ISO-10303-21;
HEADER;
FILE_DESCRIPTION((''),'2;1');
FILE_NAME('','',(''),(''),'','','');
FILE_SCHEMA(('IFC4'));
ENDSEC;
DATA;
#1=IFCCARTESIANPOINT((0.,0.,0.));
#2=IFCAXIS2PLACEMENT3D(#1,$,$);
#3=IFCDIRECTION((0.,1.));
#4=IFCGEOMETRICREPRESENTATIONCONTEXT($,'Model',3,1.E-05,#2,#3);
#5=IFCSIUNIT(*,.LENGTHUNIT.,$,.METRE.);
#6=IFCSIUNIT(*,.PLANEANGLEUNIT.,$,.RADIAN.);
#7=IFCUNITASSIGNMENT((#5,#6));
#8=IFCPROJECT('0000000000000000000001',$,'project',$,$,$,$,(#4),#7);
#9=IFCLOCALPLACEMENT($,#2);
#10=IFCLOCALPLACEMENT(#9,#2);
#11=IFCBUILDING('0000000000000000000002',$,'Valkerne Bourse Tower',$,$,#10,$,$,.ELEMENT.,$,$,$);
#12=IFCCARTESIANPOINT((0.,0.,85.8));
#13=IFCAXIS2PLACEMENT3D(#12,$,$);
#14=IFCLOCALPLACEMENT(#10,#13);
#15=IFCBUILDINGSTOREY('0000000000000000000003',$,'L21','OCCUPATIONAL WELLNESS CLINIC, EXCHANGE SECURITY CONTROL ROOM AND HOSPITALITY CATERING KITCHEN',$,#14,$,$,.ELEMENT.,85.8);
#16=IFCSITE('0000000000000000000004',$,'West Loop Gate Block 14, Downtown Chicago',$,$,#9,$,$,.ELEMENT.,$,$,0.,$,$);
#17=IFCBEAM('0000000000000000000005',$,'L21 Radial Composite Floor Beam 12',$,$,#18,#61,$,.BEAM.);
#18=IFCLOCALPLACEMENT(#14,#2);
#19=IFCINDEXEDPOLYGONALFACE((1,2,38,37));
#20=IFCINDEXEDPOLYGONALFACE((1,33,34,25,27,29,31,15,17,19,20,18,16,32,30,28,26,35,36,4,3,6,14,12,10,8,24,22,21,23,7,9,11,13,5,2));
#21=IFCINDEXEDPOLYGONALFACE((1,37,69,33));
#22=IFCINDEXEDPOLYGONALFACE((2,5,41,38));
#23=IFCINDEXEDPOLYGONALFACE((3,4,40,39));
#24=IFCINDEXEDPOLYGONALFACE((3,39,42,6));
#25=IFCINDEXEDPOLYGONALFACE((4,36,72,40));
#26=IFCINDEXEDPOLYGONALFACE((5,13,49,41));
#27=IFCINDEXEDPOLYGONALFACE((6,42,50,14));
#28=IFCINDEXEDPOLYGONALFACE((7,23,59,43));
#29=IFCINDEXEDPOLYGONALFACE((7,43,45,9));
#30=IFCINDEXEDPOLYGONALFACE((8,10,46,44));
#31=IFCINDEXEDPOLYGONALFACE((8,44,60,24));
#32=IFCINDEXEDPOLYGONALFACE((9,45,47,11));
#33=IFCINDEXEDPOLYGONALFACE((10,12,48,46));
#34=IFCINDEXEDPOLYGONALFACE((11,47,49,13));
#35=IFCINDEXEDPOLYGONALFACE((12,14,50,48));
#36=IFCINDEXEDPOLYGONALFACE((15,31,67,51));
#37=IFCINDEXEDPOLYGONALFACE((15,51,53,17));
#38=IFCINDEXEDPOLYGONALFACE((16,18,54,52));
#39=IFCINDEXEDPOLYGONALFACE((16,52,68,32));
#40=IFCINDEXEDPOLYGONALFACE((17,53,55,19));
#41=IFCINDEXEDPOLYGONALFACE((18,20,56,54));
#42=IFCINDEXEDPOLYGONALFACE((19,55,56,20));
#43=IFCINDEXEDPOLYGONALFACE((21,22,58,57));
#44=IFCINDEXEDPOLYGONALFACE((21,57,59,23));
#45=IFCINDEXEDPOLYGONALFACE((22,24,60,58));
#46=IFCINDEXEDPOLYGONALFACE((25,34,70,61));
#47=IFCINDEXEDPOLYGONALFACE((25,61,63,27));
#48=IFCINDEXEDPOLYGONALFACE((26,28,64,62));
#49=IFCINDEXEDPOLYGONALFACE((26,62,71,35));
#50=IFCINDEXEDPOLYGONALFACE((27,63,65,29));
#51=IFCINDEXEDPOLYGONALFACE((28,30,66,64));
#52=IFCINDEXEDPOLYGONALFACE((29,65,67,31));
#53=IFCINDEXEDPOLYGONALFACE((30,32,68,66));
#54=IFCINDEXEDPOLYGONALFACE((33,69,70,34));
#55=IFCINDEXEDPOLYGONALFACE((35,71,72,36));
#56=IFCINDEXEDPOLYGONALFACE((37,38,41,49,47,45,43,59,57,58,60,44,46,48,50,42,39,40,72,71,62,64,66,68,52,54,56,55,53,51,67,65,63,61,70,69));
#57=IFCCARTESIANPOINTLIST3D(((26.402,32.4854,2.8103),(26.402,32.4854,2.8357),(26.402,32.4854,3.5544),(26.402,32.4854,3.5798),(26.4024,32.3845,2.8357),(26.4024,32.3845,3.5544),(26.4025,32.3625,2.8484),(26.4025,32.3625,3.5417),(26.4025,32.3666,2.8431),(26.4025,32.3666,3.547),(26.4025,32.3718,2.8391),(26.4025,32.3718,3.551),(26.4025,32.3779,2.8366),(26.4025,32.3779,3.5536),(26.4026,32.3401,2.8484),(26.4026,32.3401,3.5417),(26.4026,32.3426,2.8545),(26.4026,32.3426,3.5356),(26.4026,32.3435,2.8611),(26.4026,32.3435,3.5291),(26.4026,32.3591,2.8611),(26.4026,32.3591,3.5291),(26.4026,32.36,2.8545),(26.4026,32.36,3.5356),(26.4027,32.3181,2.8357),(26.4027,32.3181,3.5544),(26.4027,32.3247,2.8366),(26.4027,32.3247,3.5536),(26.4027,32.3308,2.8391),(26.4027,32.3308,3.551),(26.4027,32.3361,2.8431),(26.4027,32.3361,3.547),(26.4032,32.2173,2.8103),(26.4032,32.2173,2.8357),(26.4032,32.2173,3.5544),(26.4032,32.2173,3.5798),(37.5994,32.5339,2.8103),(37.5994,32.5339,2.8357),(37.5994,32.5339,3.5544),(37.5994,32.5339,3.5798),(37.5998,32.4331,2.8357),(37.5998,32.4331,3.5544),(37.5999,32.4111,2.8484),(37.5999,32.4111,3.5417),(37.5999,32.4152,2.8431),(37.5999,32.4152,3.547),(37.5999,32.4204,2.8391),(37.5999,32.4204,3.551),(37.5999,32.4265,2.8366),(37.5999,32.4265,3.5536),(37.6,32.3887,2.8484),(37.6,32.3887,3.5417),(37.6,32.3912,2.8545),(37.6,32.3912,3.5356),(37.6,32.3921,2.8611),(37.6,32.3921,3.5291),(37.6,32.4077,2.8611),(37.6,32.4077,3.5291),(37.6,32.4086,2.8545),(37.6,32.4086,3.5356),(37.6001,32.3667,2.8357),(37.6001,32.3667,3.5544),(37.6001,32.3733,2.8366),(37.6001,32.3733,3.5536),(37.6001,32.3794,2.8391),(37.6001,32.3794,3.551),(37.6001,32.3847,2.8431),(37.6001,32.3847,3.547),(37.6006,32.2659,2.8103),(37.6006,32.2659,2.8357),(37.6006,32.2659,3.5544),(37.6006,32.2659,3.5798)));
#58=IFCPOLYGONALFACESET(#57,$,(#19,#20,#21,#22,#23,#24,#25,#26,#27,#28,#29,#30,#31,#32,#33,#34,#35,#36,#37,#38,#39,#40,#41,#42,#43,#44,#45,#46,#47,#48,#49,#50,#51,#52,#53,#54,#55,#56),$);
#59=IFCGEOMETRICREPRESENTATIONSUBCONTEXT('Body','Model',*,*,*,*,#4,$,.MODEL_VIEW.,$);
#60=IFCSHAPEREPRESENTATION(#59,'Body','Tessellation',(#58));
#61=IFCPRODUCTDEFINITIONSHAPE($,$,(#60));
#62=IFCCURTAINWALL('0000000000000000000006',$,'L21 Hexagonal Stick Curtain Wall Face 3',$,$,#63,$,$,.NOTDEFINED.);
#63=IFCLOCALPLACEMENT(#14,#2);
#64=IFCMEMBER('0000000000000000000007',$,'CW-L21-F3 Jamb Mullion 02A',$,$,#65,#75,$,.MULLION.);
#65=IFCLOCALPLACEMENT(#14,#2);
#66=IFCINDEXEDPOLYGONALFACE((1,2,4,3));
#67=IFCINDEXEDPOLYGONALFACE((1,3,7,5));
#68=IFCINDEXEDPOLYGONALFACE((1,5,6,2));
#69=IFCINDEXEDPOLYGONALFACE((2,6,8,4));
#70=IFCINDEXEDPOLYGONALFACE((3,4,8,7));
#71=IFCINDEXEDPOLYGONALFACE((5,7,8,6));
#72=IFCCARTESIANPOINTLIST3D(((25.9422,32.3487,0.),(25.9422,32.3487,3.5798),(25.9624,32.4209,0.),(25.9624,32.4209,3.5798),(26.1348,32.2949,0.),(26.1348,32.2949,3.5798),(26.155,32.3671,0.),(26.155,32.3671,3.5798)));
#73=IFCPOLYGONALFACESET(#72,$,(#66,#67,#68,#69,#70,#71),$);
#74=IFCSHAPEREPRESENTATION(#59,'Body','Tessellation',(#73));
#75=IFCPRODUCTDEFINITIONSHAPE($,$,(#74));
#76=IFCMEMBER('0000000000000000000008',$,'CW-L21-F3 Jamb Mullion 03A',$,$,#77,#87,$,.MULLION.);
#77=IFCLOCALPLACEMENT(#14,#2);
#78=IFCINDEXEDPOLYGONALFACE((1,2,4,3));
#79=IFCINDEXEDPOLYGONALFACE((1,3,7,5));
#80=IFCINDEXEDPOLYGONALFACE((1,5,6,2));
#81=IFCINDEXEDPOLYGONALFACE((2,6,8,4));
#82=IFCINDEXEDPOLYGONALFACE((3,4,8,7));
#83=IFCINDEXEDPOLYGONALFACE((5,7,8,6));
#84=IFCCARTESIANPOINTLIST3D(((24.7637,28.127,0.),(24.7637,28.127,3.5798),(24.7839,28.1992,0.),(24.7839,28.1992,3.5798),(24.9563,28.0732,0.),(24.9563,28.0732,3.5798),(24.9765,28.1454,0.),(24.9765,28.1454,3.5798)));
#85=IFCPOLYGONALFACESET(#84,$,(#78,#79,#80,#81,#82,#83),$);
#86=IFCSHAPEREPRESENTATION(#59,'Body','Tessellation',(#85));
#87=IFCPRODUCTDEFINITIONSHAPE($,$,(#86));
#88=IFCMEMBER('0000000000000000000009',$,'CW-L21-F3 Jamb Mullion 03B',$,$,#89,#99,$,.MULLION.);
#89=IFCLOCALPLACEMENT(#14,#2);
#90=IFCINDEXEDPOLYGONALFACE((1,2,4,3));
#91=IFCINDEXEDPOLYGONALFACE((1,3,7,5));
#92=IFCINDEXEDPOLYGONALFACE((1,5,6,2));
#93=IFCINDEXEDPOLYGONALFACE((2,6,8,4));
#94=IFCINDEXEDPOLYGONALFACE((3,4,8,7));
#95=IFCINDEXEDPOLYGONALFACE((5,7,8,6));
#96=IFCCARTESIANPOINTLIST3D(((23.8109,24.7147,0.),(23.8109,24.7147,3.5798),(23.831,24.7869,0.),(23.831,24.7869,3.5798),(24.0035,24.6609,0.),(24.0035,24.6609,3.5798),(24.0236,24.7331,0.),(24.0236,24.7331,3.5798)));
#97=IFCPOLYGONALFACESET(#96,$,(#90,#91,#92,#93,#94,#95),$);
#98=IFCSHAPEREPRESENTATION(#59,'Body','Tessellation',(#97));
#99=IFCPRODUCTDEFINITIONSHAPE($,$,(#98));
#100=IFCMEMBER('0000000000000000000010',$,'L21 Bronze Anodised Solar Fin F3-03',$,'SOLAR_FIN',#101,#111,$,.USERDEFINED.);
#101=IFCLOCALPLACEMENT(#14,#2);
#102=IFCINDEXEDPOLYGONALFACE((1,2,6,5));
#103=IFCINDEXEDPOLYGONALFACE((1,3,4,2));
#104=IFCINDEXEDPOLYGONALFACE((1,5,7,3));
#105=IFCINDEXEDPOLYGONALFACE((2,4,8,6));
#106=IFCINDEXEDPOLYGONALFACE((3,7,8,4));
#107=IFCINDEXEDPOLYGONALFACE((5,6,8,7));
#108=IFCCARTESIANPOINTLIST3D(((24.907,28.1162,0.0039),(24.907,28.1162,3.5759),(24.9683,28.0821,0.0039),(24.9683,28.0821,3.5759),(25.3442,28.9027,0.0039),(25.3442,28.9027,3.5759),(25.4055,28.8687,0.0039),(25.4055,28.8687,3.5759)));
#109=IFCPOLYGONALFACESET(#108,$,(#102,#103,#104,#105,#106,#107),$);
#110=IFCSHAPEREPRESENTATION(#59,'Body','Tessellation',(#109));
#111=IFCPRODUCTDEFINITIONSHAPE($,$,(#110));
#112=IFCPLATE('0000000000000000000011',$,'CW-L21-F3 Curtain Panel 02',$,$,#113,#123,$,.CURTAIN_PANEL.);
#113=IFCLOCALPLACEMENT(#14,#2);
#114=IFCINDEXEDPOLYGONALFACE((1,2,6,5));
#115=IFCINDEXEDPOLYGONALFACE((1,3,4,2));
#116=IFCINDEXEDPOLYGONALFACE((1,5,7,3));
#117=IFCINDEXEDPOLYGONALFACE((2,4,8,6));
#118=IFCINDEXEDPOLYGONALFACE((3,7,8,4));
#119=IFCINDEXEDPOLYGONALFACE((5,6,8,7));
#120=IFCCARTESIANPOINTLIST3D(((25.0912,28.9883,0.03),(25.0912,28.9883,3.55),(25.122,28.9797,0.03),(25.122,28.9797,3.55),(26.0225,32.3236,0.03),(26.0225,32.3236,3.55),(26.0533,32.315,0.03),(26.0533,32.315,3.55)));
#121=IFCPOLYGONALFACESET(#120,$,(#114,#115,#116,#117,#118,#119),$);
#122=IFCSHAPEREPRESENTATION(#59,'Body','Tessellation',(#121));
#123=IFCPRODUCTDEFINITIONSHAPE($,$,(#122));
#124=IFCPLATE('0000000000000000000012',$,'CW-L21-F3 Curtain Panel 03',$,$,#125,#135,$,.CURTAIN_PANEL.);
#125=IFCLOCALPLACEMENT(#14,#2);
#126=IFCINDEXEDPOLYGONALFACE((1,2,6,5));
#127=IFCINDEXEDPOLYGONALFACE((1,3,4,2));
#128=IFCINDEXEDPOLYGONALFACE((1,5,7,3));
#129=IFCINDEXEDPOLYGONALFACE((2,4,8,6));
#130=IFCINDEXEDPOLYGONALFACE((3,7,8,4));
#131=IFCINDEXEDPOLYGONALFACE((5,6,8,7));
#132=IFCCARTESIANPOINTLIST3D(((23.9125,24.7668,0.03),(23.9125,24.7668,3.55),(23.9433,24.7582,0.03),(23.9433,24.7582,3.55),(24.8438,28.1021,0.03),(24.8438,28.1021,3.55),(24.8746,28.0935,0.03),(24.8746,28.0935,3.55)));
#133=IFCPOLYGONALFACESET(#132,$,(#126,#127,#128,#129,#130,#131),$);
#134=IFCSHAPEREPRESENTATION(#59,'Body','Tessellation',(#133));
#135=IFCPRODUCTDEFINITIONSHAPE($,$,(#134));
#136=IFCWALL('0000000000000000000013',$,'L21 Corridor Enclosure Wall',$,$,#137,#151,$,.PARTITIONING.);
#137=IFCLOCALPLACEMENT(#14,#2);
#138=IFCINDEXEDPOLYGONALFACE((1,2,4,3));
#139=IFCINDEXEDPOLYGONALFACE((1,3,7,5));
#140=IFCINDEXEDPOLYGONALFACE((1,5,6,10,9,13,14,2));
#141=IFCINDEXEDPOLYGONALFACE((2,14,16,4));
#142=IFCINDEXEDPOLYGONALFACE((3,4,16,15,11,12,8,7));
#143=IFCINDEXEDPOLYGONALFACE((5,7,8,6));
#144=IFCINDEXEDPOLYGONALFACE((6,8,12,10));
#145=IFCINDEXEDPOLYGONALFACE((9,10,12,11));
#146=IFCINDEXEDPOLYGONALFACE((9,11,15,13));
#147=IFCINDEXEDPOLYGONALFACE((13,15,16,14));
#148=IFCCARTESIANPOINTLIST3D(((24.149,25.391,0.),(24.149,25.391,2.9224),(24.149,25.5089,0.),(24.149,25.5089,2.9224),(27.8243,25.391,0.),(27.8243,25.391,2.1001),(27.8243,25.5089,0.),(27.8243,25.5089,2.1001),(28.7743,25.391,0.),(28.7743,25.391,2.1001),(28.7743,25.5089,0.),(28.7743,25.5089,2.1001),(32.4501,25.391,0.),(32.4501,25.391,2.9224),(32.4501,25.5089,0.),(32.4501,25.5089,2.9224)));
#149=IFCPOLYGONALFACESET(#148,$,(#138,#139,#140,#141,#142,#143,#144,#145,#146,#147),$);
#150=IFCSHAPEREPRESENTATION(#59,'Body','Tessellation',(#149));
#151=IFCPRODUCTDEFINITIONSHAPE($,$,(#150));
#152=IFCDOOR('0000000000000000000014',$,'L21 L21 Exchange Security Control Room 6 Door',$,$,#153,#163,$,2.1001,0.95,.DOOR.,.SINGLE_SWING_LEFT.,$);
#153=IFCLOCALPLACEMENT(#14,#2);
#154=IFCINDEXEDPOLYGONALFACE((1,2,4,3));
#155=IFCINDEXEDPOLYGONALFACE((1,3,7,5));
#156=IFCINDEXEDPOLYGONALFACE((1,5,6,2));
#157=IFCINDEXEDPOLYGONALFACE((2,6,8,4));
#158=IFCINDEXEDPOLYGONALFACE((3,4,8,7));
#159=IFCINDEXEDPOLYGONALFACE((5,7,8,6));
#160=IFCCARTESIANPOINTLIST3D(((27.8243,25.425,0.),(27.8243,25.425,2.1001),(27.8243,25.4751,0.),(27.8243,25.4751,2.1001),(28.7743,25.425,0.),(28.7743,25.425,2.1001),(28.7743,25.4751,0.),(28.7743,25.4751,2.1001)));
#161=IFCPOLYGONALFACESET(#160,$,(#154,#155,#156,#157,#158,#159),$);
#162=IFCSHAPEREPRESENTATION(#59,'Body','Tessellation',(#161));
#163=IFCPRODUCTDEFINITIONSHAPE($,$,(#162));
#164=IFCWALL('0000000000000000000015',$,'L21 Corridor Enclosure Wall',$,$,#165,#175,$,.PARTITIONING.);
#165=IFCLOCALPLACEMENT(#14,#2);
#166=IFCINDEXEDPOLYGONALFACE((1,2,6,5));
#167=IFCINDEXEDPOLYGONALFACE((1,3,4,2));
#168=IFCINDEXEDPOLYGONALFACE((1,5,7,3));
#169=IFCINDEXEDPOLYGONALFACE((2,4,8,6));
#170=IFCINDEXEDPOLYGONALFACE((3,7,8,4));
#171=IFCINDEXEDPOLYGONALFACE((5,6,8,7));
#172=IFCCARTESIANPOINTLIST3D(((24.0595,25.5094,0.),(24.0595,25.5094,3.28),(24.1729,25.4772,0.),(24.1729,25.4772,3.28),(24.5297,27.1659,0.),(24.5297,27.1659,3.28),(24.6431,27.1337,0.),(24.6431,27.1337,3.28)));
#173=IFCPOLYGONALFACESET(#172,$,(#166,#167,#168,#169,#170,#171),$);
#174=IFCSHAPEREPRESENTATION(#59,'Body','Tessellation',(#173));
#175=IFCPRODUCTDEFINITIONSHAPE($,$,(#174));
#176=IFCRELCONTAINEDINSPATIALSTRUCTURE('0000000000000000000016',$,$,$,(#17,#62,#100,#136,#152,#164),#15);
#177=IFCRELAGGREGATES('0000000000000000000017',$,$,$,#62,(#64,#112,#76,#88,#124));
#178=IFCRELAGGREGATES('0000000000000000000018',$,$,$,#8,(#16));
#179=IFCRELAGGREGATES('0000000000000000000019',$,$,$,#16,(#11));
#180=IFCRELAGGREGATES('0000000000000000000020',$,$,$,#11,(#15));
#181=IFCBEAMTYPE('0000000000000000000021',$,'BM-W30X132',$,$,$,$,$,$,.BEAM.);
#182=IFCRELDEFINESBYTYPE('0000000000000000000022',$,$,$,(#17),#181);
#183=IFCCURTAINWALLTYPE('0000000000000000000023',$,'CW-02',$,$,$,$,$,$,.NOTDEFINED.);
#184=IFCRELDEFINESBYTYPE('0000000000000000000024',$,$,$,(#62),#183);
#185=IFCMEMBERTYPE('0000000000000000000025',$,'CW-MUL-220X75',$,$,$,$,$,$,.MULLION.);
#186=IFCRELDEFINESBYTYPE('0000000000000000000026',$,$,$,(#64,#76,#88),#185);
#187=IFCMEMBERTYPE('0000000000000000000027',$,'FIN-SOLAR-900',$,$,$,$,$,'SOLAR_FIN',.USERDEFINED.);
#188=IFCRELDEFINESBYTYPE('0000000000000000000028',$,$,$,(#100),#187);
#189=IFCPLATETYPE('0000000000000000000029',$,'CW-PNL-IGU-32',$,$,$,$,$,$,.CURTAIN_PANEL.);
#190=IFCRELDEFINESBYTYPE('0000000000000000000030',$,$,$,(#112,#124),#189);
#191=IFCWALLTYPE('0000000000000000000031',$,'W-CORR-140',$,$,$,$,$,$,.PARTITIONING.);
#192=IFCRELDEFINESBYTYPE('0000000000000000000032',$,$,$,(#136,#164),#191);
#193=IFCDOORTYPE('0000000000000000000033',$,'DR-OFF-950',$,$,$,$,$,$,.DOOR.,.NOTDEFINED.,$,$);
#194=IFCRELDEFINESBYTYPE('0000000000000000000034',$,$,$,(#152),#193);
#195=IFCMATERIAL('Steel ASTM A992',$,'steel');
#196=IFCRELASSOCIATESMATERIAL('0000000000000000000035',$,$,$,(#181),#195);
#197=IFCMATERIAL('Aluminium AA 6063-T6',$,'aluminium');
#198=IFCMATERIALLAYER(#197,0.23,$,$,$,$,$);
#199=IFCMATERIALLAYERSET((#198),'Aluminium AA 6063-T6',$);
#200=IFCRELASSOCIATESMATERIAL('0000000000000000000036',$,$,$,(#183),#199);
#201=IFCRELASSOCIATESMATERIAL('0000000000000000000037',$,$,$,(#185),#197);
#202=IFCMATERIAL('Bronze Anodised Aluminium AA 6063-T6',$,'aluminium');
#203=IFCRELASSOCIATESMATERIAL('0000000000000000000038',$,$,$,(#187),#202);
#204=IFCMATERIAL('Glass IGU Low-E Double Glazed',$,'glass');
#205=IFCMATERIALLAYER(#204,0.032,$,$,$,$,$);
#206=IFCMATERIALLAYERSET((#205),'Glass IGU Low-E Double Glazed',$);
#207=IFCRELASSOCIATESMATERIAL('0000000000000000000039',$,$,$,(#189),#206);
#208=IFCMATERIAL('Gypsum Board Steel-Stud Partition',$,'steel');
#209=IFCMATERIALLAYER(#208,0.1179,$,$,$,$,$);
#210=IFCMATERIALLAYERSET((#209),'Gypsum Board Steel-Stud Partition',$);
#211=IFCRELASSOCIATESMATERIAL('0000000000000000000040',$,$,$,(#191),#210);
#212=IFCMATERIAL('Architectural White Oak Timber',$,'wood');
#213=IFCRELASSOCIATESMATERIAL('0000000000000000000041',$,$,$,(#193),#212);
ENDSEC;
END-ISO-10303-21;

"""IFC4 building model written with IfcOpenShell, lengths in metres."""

from ifc_helpers import new_model, si_unit, direction, frame, frame_2d, origin, origin_2d, place, context, subcontext, project, spatial, rectangle, i_section, extrude, material, layer, layer_set, material_profile, profile_set, type_object, element, fill, aggregate, save


model = new_model("IFC4")

# Units and contexts
model_context = context("Model", 3, precision=1e-05, world=origin(), true_north=direction((0.0, 1.0)))
body_context = subcontext(model_context, "Body", "Model", "MODEL_VIEW")
ifc_project = project(units=[si_unit("LENGTHUNIT", "METRE"), si_unit("PLANEANGLEUNIT", "RADIAN")], contexts=[model_context])

# Site, building, storey
site_placement = place(None, origin())
site = spatial("IfcSite", under=ifc_project, at=site_placement, Name="West Loop Gate Block 14, Downtown Chicago", CompositionType="ELEMENT", RefElevation=0.0)
building_placement = place(site_placement, origin())
building = spatial("IfcBuilding", under=site, at=building_placement, Name="Valkerne Bourse Tower", CompositionType="ELEMENT")
storey_placement = place(building_placement, frame((0.0, 0.0, 85.8)))
storey = spatial("IfcBuildingStorey", under=building, at=storey_placement, Name="L21", Description="OCCUPATIONAL WELLNESS CLINIC, EXCHANGE SECURITY CONTROL ROOM AND HOSPITALITY CATERING KITCHEN", CompositionType="ELEMENT", Elevation=85.8)

# Beam
ifc_material_1 = material(Name="Steel ASTM A992", Category="steel")
ifc_material_profile_1 = material_profile(ifc_material_1, i_section(OverallWidth=0.2681, OverallDepth=0.7695, WebThickness=0.0156, FlangeThickness=0.0254, FilletRadius=0.0254, at=origin_2d()), Name="W30X132")
ifc_profile_set_1 = profile_set([ifc_material_profile_1], Name="Steel ASTM A992")
beam_type_1 = type_object("IfcBeamType", Name="BM-W30X132", PredefinedType="BEAM", material=ifc_profile_set_1)
beam_1_placement = place(storey_placement, frame((26.4026, 32.3513, 3.1951), z_axis=(0.999991, 0.004339, 0.0), x_axis=(-0.004339, 0.999991, 0.0)))
element("IfcBeam", 1, at=beam_1_placement, inside=storey, type_object=beam_type_1, Name="L21 Radial Composite Floor Beam 12", PredefinedType="BEAM", context=body_context, shape_type="SweptSolid", body=[
    extrude(i_section(OverallWidth=0.2681, OverallDepth=0.7695, WebThickness=0.0156, FlangeThickness=0.0254, FilletRadius=0.0254, at=origin_2d()), origin(), (0.0, 0.0, 1.0), 11.1975),
])

# Curtain wall, members
ifc_material_2 = material(Name="Aluminium AA 6063-T6", Category="aluminium")
ifc_layer_1 = layer(ifc_material_2, 0.23)
ifc_layer_set_1 = layer_set([ifc_layer_1], Name="Aluminium AA 6063-T6")
curtain_wall_type = type_object("IfcCurtainWallType", Name="CW-02", PredefinedType="NOTDEFINED", material=ifc_layer_set_1)
curtain_wall_placement = place(storey_placement, origin())
curtain_wall = element("IfcCurtainWall", 2, at=curtain_wall_placement, inside=storey, type_object=curtain_wall_type, Name="L21 Hexagonal Stick Curtain Wall Face 3", PredefinedType="NOTDEFINED")
ifc_material_profile_2 = material_profile(ifc_material_2, rectangle(XDim=0.075, YDim=0.2, at=origin_2d()), Name="CWM-75X200")
ifc_profile_set_2 = profile_set([ifc_material_profile_2], Name="Aluminium AA 6063-T6")
member_type_1 = type_object("IfcMemberType", Name="CW-MUL-220X75", PredefinedType="MULLION", material=ifc_profile_set_2)
member_1_placement = place(storey_placement, frame((26.0486, 32.3579, 0.0), z_axis=(0.0, 0.0, 1.0), x_axis=(-0.268927, -0.96316, 0.0)))
member_1 = element("IfcMember", 3, at=member_1_placement, type_object=member_type_1, Name="CW-L21-F3 Jamb Mullion 02A", PredefinedType="MULLION", context=body_context, shape_type="SweptSolid", body=[
    extrude(rectangle(XDim=0.075, YDim=0.2, at=origin_2d()), origin(), (0.0, 0.0, 1.0), 3.5798),
])
member_2_placement = place(storey_placement, frame((24.8701, 28.1362, 0.0), z_axis=(0.0, 0.0, 1.0), x_axis=(-0.268922, -0.963162, 0.0)))
member_2 = element("IfcMember", 4, at=member_2_placement, type_object=member_type_1, Name="CW-L21-F3 Jamb Mullion 03A", PredefinedType="MULLION", context=body_context, shape_type="SweptSolid", body=[
    extrude(rectangle(XDim=0.075, YDim=0.2, at=origin_2d()), origin(), (0.0, 0.0, 1.0), 3.5798),
])
member_3_placement = place(storey_placement, frame((23.9172, 24.7239, 0.0), z_axis=(0.0, 0.0, 1.0), x_axis=(-0.268922, -0.963162, 0.0)))
member_3 = element("IfcMember", 5, at=member_3_placement, type_object=member_type_1, Name="CW-L21-F3 Jamb Mullion 03B", PredefinedType="MULLION", context=body_context, shape_type="SweptSolid", body=[
    extrude(rectangle(XDim=0.075, YDim=0.2, at=origin_2d()), origin(), (0.0, 0.0, 1.0), 3.5798),
])

# Member
ifc_material_3 = material(Name="Bronze Anodised Aluminium AA 6063-T6", Category="aluminium")
ifc_material_profile_3 = material_profile(ifc_material_3, rectangle(XDim=0.0701, YDim=0.8999, at=origin_2d()), Name="FIN-70X900")
ifc_profile_set_3 = profile_set([ifc_material_profile_3], Name="Bronze Anodised Aluminium AA 6063-T6")
member_type_2 = type_object("IfcMemberType", Name="FIN-SOLAR-900", ElementType="SOLAR_FIN", PredefinedType="USERDEFINED", material=ifc_profile_set_3)
member_4_placement = place(storey_placement, frame((25.1562, 28.4924, 0.0039), z_axis=(0.0, 0.0, 1.0), x_axis=(-0.874073, 0.485794, 0.0)))
element("IfcMember", 6, at=member_4_placement, inside=storey, type_object=member_type_2, Name="L21 Bronze Anodised Solar Fin F3-03", ObjectType="SOLAR_FIN", PredefinedType="USERDEFINED", context=body_context, shape_type="SweptSolid", body=[
    extrude(rectangle(XDim=0.0701, YDim=0.8999, at=origin_2d()), origin(), (0.0, 0.0, 1.0), 3.572),
])

# Plates
ifc_material_4 = material(Name="Glass IGU Low-E Double Glazed", Category="glass")
ifc_layer_2 = layer(ifc_material_4, 0.032)
ifc_layer_set_2 = layer_set([ifc_layer_2], Name="Glass IGU Low-E Double Glazed")
plate_type = type_object("IfcPlateType", Name="CW-PNL-IGU-32", PredefinedType="CURTAIN_PANEL", material=ifc_layer_set_2)
plate_1_placement = place(storey_placement, frame((25.5723, 30.6516, 0.03), z_axis=(0.0, 0.0, 1.0), x_axis=(-0.268927, -0.96316, 0.0)))
plate_1 = element("IfcPlate", 7, at=plate_1_placement, type_object=plate_type, Name="CW-L21-F3 Curtain Panel 02", PredefinedType="CURTAIN_PANEL", context=body_context, shape_type="SweptSolid", body=[
    extrude(rectangle(XDim=3.4629, YDim=0.032, at=origin_2d()), origin(), (0.0, 0.0, 1.0), 3.52),
])
plate_2_placement = place(storey_placement, frame((24.3936, 26.4302, 0.03), z_axis=(0.0, 0.0, 1.0), x_axis=(-0.268922, -0.963162, 0.0)))
plate_2 = element("IfcPlate", 8, at=plate_2_placement, type_object=plate_type, Name="CW-L21-F3 Curtain Panel 03", PredefinedType="CURTAIN_PANEL", context=body_context, shape_type="SweptSolid", body=[
    extrude(rectangle(XDim=3.4629, YDim=0.032, at=origin_2d()), origin(), (0.0, 0.0, 1.0), 3.52),
])
aggregate(curtain_wall, [member_1, plate_1, member_2, member_3, plate_2])

# Wall, opening, door
ifc_material_5 = material(Name="Gypsum Board Steel-Stud Partition", Category="steel")
ifc_layer_3 = layer(ifc_material_5, 0.1179)
ifc_layer_set_3 = layer_set([ifc_layer_3], Name="Gypsum Board Steel-Stud Partition")
wall_type_1 = type_object("IfcWallType", Name="W-CORR-140", PredefinedType="PARTITIONING", material=ifc_layer_set_3)
wall_1_placement = place(storey_placement, frame((32.45, 25.45, 0.0), z_axis=(0.0, 0.0, 1.0), x_axis=(-1.0, 0.0, 0.0)))
wall_1 = element("IfcWall", 9, at=wall_1_placement, inside=storey, type_object=wall_type_1, Name="L21 Corridor Enclosure Wall", PredefinedType="PARTITIONING", context=body_context, shape_type="SweptSolid", body=[
    extrude(rectangle(XDim=8.301, YDim=0.1179, at=frame_2d((4.1504, 0.0))), origin(), (0.0, 0.0, 1.0), 2.9224),
])
opening_1_placement = place(wall_1_placement, frame((3.6755, 0.0, 0.0)))
opening_1 = element("IfcOpeningElement", 10, at=opening_1_placement, cuts=wall_1, PredefinedType="OPENING", context=body_context, shape_type="SweptSolid", body=[
    extrude(rectangle(XDim=0.95, YDim=2.1001, at=frame_2d((0.4751, 1.05))), frame((0.0, 0.0688, 0.0), z_axis=(0.0, -1.0, 0.0), x_axis=(1.0, 0.0, 0.0)), (0.0, 0.0, 1.0), 0.1379),
])
ifc_material_6 = material(Name="Architectural White Oak Timber", Category="wood")
door_type = type_object("IfcDoorType", Name="DR-OFF-950", OperationType="NOTDEFINED", PredefinedType="DOOR", material=ifc_material_6)
door_1_placement = place(opening_1_placement, origin())
door_1 = element("IfcDoor", 11, at=door_1_placement, inside=storey, type_object=door_type, Name="L21 L21 Exchange Security Control Room 6 Door", OperationType="SINGLE_SWING_LEFT", OverallHeight=2.1001, OverallWidth=0.95, PredefinedType="DOOR", context=body_context, shape_type="SweptSolid", body=[
    extrude(rectangle(XDim=0.95, YDim=2.1001, at=frame_2d((0.4751, 1.05))), frame((0.0, 0.0249, 0.0), z_axis=(0.0, -1.0, 0.0), x_axis=(1.0, 0.0, 0.0)), (0.0, 0.0, 1.0), 0.05),
])
fill(opening_1, door_1)

# Wall
wall_2_placement = place(storey_placement, frame((24.1162, 25.4934, 0.0), z_axis=(0.0, 0.0, 1.0), x_axis=(0.273073, 0.961993, 0.0)))
element("IfcWall", 12, at=wall_2_placement, inside=storey, type_object=wall_type_1, Name="L21 Corridor Enclosure Wall", PredefinedType="PARTITIONING", context=body_context, shape_type="SweptSolid", body=[
    extrude(rectangle(XDim=1.7219, YDim=0.1179, at=frame_2d((0.8608, 0.0))), origin(), (0.0, 0.0, 1.0), 3.28),
])

save(model, "model.ifc")
